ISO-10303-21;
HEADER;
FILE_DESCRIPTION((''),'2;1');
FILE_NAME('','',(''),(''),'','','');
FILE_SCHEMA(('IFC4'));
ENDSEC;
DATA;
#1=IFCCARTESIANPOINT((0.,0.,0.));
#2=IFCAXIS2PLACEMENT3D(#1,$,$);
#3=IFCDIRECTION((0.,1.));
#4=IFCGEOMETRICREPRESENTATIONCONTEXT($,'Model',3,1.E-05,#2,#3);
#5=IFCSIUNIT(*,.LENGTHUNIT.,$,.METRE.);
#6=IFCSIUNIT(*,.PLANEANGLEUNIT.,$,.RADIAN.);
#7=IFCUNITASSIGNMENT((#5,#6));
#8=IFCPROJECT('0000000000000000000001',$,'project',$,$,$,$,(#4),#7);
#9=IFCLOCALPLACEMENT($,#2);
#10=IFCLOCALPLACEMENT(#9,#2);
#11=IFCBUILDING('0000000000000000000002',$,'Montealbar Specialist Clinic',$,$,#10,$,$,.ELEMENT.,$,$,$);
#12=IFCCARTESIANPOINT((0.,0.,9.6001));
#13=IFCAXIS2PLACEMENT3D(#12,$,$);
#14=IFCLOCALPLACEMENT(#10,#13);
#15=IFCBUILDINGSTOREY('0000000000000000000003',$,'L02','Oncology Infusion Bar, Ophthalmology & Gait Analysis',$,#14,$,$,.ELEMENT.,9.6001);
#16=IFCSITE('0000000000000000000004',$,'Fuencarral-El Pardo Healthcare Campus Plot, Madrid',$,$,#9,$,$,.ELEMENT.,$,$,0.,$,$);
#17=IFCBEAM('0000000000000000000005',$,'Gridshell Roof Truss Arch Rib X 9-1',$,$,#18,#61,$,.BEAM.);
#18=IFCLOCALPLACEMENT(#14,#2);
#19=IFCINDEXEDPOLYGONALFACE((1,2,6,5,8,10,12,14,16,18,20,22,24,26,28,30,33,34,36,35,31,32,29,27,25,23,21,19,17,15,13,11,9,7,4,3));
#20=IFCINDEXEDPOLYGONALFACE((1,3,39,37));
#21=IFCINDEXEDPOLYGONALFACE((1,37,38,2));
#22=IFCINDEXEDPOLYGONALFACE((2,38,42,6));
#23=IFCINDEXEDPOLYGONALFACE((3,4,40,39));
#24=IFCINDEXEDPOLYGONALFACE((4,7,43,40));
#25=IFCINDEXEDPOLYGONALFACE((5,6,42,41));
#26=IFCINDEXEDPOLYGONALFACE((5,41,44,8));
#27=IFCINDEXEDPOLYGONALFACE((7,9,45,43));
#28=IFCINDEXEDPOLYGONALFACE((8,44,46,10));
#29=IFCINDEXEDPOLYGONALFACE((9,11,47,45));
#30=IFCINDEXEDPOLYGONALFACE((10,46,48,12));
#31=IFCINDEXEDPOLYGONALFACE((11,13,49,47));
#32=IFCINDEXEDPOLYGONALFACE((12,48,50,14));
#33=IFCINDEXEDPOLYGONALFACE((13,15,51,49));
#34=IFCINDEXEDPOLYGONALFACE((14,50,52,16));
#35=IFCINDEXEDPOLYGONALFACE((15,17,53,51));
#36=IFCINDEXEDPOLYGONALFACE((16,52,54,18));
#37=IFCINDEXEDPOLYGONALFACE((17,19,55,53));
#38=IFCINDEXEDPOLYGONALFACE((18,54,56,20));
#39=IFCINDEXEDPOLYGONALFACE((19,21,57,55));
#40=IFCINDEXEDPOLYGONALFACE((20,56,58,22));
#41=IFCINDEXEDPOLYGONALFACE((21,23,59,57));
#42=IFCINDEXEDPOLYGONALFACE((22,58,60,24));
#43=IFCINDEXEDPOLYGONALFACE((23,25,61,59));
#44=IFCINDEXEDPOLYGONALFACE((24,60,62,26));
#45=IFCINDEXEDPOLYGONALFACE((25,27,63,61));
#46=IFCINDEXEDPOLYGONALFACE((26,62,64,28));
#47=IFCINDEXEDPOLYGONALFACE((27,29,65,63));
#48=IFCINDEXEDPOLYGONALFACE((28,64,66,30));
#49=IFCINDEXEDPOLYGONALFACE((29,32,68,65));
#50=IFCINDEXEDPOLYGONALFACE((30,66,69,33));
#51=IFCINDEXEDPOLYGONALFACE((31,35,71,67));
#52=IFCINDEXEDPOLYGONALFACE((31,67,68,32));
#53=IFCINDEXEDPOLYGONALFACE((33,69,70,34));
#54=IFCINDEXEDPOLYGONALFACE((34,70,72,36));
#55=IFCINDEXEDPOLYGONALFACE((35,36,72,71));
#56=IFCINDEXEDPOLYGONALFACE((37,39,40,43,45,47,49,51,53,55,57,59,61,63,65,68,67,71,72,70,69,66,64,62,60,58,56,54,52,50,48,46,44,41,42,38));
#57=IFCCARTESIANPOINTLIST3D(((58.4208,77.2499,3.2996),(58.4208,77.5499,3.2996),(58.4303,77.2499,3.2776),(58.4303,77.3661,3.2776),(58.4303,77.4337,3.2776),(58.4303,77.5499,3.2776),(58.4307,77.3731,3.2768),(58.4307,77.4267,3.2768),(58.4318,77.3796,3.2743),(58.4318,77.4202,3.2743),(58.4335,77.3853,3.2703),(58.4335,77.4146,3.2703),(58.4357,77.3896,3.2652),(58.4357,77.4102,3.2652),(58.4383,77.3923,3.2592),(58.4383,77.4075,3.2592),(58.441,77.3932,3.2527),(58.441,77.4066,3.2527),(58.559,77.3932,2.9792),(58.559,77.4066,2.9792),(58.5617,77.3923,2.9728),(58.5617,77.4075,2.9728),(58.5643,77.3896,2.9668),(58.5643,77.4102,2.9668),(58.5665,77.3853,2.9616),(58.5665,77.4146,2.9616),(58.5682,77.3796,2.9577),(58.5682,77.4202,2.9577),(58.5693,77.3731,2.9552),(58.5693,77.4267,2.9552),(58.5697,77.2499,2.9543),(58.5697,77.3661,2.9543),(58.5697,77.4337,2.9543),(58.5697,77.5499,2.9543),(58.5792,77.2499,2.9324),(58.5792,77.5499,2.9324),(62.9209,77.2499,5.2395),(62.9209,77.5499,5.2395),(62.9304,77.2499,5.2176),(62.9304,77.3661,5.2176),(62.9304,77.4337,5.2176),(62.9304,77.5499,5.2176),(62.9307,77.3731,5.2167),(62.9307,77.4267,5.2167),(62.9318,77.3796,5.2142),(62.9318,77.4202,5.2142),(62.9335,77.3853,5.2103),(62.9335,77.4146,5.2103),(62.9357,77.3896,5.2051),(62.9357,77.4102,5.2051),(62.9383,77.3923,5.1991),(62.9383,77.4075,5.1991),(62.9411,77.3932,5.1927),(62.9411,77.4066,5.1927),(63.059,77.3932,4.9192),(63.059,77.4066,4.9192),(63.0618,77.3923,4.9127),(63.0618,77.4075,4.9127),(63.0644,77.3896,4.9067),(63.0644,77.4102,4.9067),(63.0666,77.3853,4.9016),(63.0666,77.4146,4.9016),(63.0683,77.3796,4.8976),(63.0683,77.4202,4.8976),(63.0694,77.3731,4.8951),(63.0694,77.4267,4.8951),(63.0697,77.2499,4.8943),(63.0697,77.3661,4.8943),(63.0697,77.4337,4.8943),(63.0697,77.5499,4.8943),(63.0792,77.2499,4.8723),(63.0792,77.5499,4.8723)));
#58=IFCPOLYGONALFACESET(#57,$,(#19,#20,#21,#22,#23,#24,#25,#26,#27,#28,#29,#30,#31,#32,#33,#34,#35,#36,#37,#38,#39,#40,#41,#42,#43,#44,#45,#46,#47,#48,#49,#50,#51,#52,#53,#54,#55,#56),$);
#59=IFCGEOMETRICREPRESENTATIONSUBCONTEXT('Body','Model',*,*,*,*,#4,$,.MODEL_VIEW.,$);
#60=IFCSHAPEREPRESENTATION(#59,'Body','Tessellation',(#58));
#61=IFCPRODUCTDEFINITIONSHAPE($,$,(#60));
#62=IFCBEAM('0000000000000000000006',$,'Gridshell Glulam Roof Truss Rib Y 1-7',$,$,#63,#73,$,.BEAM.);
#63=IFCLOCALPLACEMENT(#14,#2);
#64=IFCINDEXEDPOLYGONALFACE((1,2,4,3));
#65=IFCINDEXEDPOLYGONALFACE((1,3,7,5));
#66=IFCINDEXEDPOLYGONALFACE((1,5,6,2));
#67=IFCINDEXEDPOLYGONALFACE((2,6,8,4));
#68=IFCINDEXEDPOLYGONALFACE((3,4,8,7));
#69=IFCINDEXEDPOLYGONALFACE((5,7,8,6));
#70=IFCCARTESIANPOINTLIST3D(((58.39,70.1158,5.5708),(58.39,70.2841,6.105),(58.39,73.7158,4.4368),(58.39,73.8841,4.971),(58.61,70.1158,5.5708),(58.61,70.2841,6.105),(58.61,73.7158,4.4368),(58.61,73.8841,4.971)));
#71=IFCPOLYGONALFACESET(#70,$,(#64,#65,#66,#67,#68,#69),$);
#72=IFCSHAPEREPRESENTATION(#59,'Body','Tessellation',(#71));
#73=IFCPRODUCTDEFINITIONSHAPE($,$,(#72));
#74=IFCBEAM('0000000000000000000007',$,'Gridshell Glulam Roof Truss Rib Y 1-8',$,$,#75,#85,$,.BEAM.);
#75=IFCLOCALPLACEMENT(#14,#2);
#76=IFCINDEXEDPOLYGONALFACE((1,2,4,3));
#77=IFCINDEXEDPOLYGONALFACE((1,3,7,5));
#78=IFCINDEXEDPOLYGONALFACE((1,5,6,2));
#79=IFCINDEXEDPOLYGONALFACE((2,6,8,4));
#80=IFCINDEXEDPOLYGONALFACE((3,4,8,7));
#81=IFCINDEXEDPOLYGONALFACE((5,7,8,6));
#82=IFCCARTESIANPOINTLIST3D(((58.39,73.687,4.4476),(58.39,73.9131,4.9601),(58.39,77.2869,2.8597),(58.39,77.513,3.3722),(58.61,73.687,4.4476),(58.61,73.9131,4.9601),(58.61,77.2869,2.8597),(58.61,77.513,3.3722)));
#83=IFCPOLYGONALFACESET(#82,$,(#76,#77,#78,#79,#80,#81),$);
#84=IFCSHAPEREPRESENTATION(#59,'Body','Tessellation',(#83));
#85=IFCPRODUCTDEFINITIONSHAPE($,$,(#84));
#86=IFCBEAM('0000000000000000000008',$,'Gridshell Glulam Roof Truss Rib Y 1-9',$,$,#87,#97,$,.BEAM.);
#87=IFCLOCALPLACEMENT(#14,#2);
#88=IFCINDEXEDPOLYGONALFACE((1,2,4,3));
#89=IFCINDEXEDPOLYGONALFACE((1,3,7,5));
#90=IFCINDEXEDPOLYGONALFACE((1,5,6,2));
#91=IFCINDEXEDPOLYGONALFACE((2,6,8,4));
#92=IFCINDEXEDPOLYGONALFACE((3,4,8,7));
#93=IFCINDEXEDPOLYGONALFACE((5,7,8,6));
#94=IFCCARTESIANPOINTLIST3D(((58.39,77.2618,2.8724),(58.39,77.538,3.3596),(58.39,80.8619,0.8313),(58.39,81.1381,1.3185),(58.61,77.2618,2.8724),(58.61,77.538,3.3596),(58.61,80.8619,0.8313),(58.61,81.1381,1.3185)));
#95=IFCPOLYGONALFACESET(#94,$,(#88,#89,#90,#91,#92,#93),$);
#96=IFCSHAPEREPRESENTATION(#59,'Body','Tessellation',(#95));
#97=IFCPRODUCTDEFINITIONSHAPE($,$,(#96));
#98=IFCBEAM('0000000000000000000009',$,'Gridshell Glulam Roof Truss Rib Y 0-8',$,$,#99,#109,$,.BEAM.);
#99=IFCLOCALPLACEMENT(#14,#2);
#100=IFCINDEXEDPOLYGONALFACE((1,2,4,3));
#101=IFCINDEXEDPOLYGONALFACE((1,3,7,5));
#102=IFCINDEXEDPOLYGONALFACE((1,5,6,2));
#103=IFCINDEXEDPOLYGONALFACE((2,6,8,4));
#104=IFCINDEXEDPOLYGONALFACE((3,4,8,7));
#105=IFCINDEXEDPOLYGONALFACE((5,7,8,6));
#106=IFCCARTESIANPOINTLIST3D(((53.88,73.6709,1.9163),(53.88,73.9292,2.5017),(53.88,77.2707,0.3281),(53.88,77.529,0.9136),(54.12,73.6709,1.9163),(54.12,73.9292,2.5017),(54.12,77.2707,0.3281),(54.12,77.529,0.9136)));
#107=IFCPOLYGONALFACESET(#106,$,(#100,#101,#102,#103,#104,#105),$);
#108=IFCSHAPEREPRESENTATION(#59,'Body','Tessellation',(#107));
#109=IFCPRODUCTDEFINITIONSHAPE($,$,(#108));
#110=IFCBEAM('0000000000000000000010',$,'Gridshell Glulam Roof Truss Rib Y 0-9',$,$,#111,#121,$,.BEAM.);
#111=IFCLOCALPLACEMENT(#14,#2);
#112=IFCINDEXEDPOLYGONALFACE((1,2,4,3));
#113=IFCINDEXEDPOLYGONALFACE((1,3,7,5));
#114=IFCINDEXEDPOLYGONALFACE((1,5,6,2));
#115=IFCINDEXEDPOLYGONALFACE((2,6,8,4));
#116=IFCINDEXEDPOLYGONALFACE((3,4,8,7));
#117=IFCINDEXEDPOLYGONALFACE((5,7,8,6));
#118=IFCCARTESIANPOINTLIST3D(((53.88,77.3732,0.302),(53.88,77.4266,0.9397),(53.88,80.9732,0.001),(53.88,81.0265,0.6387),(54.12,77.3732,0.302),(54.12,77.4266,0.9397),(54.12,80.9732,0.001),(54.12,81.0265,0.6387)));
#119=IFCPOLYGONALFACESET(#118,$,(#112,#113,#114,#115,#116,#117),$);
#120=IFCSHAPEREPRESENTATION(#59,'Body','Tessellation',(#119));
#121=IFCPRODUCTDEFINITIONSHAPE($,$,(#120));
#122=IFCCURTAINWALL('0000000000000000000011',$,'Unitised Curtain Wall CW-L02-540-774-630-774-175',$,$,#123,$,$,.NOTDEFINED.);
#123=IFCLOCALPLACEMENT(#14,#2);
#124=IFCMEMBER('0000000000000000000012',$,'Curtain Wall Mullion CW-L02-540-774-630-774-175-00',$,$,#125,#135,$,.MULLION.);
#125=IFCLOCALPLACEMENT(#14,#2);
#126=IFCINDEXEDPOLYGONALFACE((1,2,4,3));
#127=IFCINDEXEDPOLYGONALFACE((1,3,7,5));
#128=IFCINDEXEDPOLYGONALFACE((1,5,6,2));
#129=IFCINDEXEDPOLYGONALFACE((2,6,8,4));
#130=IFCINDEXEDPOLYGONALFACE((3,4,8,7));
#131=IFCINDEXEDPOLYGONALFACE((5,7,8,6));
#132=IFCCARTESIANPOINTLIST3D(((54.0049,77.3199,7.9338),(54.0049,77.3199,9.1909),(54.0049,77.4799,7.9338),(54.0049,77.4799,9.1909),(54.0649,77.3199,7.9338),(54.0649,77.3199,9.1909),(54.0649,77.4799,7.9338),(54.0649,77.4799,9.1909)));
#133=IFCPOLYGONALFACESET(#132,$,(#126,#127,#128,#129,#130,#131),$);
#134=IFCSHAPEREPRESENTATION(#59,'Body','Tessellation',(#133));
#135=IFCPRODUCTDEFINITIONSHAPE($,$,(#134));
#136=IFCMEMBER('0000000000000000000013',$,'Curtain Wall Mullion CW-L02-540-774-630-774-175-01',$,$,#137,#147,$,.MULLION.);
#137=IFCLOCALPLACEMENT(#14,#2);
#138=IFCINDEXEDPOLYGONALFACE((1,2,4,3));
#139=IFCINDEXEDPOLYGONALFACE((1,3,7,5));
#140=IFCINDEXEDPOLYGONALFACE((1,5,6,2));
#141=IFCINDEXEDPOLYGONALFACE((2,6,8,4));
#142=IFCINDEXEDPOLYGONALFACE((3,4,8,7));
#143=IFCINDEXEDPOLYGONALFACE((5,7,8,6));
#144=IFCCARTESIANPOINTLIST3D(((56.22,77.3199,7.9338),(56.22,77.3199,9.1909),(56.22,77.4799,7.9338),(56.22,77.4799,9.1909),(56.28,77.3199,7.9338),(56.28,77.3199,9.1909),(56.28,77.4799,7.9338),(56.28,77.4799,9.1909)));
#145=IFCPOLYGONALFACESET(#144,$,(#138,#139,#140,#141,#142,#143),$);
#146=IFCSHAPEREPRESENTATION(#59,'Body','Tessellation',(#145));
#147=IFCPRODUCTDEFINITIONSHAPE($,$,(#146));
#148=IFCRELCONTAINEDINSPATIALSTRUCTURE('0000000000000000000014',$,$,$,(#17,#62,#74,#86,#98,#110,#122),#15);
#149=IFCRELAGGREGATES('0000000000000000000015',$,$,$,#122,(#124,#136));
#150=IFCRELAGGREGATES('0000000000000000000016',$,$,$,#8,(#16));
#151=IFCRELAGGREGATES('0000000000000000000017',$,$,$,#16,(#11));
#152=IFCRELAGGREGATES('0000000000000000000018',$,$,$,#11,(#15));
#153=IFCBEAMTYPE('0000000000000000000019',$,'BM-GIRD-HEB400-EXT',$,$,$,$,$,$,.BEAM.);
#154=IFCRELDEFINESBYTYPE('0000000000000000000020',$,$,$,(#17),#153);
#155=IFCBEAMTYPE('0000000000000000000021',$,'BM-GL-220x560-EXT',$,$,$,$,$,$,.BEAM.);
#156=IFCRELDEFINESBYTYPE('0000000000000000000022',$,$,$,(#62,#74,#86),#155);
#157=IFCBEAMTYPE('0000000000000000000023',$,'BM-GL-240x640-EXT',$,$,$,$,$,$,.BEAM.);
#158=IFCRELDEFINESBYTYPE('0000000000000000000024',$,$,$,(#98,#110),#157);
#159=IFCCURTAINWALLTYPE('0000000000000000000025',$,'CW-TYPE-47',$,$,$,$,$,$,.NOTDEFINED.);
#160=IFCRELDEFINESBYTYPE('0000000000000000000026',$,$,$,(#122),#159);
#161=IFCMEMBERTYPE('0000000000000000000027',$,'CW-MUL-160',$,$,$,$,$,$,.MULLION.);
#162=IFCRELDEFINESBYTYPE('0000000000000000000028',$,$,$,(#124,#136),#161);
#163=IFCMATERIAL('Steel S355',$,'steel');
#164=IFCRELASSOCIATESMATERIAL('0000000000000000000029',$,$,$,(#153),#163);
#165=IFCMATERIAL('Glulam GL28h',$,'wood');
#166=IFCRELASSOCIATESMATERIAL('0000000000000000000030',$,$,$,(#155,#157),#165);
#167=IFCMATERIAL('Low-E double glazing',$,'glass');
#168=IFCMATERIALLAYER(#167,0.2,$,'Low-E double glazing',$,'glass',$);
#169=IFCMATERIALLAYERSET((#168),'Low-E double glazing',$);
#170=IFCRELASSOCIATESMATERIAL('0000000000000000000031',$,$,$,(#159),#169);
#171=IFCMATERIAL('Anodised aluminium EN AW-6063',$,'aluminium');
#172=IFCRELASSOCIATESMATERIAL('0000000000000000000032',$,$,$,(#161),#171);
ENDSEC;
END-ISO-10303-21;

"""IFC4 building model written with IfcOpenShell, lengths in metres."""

from ifc_helpers import new_model, si_unit, direction, frame, origin, origin_2d, place, context, subcontext, project, spatial, rectangle, i_section, extrude, material, layer, layer_set, material_profile, profile_set, type_object, element, aggregate, save


model = new_model("IFC4")

# Units and contexts
model_context = context("Model", 3, precision=1e-05, world=origin(), true_north=direction((0.0, 1.0)))
body_context = subcontext(model_context, "Body", "Model", "MODEL_VIEW")
ifc_project = project(units=[si_unit("LENGTHUNIT", "METRE"), si_unit("PLANEANGLEUNIT", "RADIAN")], contexts=[model_context])

# Site, building, storey
site_placement = place(None, origin())
site = spatial("IfcSite", under=ifc_project, at=site_placement, Name="Fuencarral-El Pardo Healthcare Campus Plot, Madrid", CompositionType="ELEMENT", RefElevation=0.0)
building_placement = place(site_placement, origin())
building = spatial("IfcBuilding", under=site, at=building_placement, Name="Montealbar Specialist Clinic", CompositionType="ELEMENT")
storey_placement = place(building_placement, frame((0.0, 0.0, 9.6001)))
storey = spatial("IfcBuildingStorey", under=building, at=storey_placement, Name="L02", Description="Oncology Infusion Bar, Ophthalmology & Gait Analysis", CompositionType="ELEMENT", Elevation=9.6001)

# Beams
ifc_material_1 = material(Name="Steel S355", Category="steel")
ifc_material_profile_1 = material_profile(ifc_material_1, i_section(OverallWidth=0.3, OverallDepth=0.3999, WebThickness=0.0134, FlangeThickness=0.0239, FilletRadius=0.0271, at=origin_2d()), Name="HEB 400", Category="steel")
ifc_profile_set_1 = profile_set([ifc_material_profile_1], Name="Steel S355")
beam_type_1 = type_object("IfcBeamType", Name="BM-GIRD-HEB400-EXT", PredefinedType="BEAM", material=ifc_profile_set_1)
beam_1_placement = place(storey_placement, frame((58.5, 77.3999, 3.116), z_axis=(0.918303, 0.0, 0.395879), x_axis=(0.0, 1.0, 0.0)))
element("IfcBeam", 1, at=beam_1_placement, inside=storey, type_object=beam_type_1, Name="Gridshell Roof Truss Arch Rib X 9-1", PredefinedType="BEAM", context=body_context, shape_type="SweptSolid", body=[
    extrude(i_section(OverallWidth=0.3, OverallDepth=0.3999, WebThickness=0.0134, FlangeThickness=0.0239, FilletRadius=0.0271, at=origin_2d()), origin(), (0.0, 0.0, 1.0), 4.9004),
])
ifc_material_2 = material(Name="Glulam GL28h", Category="wood")
ifc_material_profile_2 = material_profile(ifc_material_2, rectangle(XDim=0.22, YDim=0.5601, at=origin_2d()), Name="GL28h 220x560", Category="wood")
ifc_profile_set_2 = profile_set([ifc_material_profile_2], Name="Glulam GL28h")
beam_type_2 = type_object("IfcBeamType", Name="BM-GL-220x560-EXT", PredefinedType="BEAM", material=ifc_profile_set_2)
beam_2_placement = place(storey_placement, frame((58.5, 70.2, 5.8379), z_axis=(0.0, 0.953798, -0.300447), x_axis=(-1.0, 0.0, 0.0)))
element("IfcBeam", 2, at=beam_2_placement, inside=storey, type_object=beam_type_2, Name="Gridshell Glulam Roof Truss Rib Y 1-7", PredefinedType="BEAM", context=body_context, shape_type="SweptSolid", body=[
    extrude(rectangle(XDim=0.22, YDim=0.5601, at=origin_2d()), origin(), (0.0, 0.0, 1.0), 3.7744),
])
beam_3_placement = place(storey_placement, frame((58.5, 73.8, 4.7039), z_axis=(0.0, 0.914944, -0.403581), x_axis=(-1.0, 0.0, 0.0)))
element("IfcBeam", 3, at=beam_3_placement, inside=storey, type_object=beam_type_2, Name="Gridshell Glulam Roof Truss Rib Y 1-8", PredefinedType="BEAM", context=body_context, shape_type="SweptSolid", body=[
    extrude(rectangle(XDim=0.22, YDim=0.5601, at=origin_2d()), origin(), (0.0, 0.0, 1.0), 3.9346),
])
beam_4_placement = place(storey_placement, frame((58.5, 77.3999, 3.116), z_axis=(0.0, 0.869923, -0.493188), x_axis=(-1.0, 0.0, 0.0)))
element("IfcBeam", 4, at=beam_4_placement, inside=storey, type_object=beam_type_2, Name="Gridshell Glulam Roof Truss Rib Y 1-9", PredefinedType="BEAM", context=body_context, shape_type="SweptSolid", body=[
    extrude(rectangle(XDim=0.22, YDim=0.5601, at=origin_2d()), origin(), (0.0, 0.0, 1.0), 4.1384),
])
ifc_material_profile_3 = material_profile(ifc_material_2, rectangle(XDim=0.24, YDim=0.6399, at=origin_2d()), Name="GL28h 240x640", Category="wood")
ifc_profile_set_3 = profile_set([ifc_material_profile_3], Name="Glulam GL28h")
beam_type_3 = type_object("IfcBeamType", Name="BM-GL-240x640-EXT", PredefinedType="BEAM", material=ifc_profile_set_3)
beam_5_placement = place(storey_placement, frame((54.0, 73.8, 2.209), z_axis=(0.0, 0.914921, -0.403633), x_axis=(-1.0, 0.0, 0.0)))
element("IfcBeam", 5, at=beam_5_placement, inside=storey, type_object=beam_type_3, Name="Gridshell Glulam Roof Truss Rib Y 0-8", PredefinedType="BEAM", context=body_context, shape_type="SweptSolid", body=[
    extrude(rectangle(XDim=0.24, YDim=0.6399, at=origin_2d()), origin(), (0.0, 0.0, 1.0), 3.9346),
])
beam_6_placement = place(storey_placement, frame((54.0, 77.3999, 0.6208), z_axis=(0.0, 0.996522, -0.083325), x_axis=(-1.0, 0.0, 0.0)))
element("IfcBeam", 6, at=beam_6_placement, inside=storey, type_object=beam_type_3, Name="Gridshell Glulam Roof Truss Rib Y 0-9", PredefinedType="BEAM", context=body_context, shape_type="SweptSolid", body=[
    extrude(rectangle(XDim=0.24, YDim=0.6399, at=origin_2d()), origin(), (0.0, 0.0, 1.0), 3.6125),
])

# Curtain wall, members
ifc_material_3 = material(Name="Low-E double glazing", Category="glass")
ifc_layer_1 = layer(ifc_material_3, 0.2, Name="Low-E double glazing", Category="glass")
ifc_layer_set_1 = layer_set([ifc_layer_1], Name="Low-E double glazing")
curtain_wall_type = type_object("IfcCurtainWallType", Name="CW-TYPE-47", PredefinedType="NOTDEFINED", material=ifc_layer_set_1)
curtain_wall_placement = place(storey_placement, origin())
curtain_wall = element("IfcCurtainWall", 7, at=curtain_wall_placement, inside=storey, type_object=curtain_wall_type, Name="Unitised Curtain Wall CW-L02-540-774-630-774-175", PredefinedType="NOTDEFINED")
ifc_material_4 = material(Name="Anodised aluminium EN AW-6063", Category="aluminium")
ifc_material_profile_4 = material_profile(ifc_material_4, rectangle(XDim=0.0601, YDim=0.1599, at=origin_2d()), Name="ALU 60x160", Category="aluminium")
ifc_profile_set_4 = profile_set([ifc_material_profile_4], Name="Anodised aluminium EN AW-6063")
member_type_1 = type_object("IfcMemberType", Name="CW-MUL-160", PredefinedType="MULLION", material=ifc_profile_set_4)
member_1_placement = place(storey_placement, frame((54.0349, 77.3999, 7.9338), z_axis=(0.0, 0.0, 1.0), x_axis=(1.0, 0.0, 0.0)))
member_1 = element("IfcMember", 8, at=member_1_placement, type_object=member_type_1, Name="Curtain Wall Mullion CW-L02-540-774-630-774-175-00", PredefinedType="MULLION", context=body_context, shape_type="SweptSolid", body=[
    extrude(rectangle(XDim=0.0601, YDim=0.1599, at=origin_2d()), origin(), (0.0, 0.0, 1.0), 1.2571),
])
member_2_placement = place(storey_placement, frame((56.25, 77.3999, 7.9338), z_axis=(0.0, 0.0, 1.0), x_axis=(1.0, 0.0, 0.0)))
member_2 = element("IfcMember", 9, at=member_2_placement, type_object=member_type_1, Name="Curtain Wall Mullion CW-L02-540-774-630-774-175-01", PredefinedType="MULLION", context=body_context, shape_type="SweptSolid", body=[
    extrude(rectangle(XDim=0.0601, YDim=0.1599, at=origin_2d()), origin(), (0.0, 0.0, 1.0), 1.2571),
])
aggregate(curtain_wall, [member_1, member_2])

save(model, "model.ifc")
